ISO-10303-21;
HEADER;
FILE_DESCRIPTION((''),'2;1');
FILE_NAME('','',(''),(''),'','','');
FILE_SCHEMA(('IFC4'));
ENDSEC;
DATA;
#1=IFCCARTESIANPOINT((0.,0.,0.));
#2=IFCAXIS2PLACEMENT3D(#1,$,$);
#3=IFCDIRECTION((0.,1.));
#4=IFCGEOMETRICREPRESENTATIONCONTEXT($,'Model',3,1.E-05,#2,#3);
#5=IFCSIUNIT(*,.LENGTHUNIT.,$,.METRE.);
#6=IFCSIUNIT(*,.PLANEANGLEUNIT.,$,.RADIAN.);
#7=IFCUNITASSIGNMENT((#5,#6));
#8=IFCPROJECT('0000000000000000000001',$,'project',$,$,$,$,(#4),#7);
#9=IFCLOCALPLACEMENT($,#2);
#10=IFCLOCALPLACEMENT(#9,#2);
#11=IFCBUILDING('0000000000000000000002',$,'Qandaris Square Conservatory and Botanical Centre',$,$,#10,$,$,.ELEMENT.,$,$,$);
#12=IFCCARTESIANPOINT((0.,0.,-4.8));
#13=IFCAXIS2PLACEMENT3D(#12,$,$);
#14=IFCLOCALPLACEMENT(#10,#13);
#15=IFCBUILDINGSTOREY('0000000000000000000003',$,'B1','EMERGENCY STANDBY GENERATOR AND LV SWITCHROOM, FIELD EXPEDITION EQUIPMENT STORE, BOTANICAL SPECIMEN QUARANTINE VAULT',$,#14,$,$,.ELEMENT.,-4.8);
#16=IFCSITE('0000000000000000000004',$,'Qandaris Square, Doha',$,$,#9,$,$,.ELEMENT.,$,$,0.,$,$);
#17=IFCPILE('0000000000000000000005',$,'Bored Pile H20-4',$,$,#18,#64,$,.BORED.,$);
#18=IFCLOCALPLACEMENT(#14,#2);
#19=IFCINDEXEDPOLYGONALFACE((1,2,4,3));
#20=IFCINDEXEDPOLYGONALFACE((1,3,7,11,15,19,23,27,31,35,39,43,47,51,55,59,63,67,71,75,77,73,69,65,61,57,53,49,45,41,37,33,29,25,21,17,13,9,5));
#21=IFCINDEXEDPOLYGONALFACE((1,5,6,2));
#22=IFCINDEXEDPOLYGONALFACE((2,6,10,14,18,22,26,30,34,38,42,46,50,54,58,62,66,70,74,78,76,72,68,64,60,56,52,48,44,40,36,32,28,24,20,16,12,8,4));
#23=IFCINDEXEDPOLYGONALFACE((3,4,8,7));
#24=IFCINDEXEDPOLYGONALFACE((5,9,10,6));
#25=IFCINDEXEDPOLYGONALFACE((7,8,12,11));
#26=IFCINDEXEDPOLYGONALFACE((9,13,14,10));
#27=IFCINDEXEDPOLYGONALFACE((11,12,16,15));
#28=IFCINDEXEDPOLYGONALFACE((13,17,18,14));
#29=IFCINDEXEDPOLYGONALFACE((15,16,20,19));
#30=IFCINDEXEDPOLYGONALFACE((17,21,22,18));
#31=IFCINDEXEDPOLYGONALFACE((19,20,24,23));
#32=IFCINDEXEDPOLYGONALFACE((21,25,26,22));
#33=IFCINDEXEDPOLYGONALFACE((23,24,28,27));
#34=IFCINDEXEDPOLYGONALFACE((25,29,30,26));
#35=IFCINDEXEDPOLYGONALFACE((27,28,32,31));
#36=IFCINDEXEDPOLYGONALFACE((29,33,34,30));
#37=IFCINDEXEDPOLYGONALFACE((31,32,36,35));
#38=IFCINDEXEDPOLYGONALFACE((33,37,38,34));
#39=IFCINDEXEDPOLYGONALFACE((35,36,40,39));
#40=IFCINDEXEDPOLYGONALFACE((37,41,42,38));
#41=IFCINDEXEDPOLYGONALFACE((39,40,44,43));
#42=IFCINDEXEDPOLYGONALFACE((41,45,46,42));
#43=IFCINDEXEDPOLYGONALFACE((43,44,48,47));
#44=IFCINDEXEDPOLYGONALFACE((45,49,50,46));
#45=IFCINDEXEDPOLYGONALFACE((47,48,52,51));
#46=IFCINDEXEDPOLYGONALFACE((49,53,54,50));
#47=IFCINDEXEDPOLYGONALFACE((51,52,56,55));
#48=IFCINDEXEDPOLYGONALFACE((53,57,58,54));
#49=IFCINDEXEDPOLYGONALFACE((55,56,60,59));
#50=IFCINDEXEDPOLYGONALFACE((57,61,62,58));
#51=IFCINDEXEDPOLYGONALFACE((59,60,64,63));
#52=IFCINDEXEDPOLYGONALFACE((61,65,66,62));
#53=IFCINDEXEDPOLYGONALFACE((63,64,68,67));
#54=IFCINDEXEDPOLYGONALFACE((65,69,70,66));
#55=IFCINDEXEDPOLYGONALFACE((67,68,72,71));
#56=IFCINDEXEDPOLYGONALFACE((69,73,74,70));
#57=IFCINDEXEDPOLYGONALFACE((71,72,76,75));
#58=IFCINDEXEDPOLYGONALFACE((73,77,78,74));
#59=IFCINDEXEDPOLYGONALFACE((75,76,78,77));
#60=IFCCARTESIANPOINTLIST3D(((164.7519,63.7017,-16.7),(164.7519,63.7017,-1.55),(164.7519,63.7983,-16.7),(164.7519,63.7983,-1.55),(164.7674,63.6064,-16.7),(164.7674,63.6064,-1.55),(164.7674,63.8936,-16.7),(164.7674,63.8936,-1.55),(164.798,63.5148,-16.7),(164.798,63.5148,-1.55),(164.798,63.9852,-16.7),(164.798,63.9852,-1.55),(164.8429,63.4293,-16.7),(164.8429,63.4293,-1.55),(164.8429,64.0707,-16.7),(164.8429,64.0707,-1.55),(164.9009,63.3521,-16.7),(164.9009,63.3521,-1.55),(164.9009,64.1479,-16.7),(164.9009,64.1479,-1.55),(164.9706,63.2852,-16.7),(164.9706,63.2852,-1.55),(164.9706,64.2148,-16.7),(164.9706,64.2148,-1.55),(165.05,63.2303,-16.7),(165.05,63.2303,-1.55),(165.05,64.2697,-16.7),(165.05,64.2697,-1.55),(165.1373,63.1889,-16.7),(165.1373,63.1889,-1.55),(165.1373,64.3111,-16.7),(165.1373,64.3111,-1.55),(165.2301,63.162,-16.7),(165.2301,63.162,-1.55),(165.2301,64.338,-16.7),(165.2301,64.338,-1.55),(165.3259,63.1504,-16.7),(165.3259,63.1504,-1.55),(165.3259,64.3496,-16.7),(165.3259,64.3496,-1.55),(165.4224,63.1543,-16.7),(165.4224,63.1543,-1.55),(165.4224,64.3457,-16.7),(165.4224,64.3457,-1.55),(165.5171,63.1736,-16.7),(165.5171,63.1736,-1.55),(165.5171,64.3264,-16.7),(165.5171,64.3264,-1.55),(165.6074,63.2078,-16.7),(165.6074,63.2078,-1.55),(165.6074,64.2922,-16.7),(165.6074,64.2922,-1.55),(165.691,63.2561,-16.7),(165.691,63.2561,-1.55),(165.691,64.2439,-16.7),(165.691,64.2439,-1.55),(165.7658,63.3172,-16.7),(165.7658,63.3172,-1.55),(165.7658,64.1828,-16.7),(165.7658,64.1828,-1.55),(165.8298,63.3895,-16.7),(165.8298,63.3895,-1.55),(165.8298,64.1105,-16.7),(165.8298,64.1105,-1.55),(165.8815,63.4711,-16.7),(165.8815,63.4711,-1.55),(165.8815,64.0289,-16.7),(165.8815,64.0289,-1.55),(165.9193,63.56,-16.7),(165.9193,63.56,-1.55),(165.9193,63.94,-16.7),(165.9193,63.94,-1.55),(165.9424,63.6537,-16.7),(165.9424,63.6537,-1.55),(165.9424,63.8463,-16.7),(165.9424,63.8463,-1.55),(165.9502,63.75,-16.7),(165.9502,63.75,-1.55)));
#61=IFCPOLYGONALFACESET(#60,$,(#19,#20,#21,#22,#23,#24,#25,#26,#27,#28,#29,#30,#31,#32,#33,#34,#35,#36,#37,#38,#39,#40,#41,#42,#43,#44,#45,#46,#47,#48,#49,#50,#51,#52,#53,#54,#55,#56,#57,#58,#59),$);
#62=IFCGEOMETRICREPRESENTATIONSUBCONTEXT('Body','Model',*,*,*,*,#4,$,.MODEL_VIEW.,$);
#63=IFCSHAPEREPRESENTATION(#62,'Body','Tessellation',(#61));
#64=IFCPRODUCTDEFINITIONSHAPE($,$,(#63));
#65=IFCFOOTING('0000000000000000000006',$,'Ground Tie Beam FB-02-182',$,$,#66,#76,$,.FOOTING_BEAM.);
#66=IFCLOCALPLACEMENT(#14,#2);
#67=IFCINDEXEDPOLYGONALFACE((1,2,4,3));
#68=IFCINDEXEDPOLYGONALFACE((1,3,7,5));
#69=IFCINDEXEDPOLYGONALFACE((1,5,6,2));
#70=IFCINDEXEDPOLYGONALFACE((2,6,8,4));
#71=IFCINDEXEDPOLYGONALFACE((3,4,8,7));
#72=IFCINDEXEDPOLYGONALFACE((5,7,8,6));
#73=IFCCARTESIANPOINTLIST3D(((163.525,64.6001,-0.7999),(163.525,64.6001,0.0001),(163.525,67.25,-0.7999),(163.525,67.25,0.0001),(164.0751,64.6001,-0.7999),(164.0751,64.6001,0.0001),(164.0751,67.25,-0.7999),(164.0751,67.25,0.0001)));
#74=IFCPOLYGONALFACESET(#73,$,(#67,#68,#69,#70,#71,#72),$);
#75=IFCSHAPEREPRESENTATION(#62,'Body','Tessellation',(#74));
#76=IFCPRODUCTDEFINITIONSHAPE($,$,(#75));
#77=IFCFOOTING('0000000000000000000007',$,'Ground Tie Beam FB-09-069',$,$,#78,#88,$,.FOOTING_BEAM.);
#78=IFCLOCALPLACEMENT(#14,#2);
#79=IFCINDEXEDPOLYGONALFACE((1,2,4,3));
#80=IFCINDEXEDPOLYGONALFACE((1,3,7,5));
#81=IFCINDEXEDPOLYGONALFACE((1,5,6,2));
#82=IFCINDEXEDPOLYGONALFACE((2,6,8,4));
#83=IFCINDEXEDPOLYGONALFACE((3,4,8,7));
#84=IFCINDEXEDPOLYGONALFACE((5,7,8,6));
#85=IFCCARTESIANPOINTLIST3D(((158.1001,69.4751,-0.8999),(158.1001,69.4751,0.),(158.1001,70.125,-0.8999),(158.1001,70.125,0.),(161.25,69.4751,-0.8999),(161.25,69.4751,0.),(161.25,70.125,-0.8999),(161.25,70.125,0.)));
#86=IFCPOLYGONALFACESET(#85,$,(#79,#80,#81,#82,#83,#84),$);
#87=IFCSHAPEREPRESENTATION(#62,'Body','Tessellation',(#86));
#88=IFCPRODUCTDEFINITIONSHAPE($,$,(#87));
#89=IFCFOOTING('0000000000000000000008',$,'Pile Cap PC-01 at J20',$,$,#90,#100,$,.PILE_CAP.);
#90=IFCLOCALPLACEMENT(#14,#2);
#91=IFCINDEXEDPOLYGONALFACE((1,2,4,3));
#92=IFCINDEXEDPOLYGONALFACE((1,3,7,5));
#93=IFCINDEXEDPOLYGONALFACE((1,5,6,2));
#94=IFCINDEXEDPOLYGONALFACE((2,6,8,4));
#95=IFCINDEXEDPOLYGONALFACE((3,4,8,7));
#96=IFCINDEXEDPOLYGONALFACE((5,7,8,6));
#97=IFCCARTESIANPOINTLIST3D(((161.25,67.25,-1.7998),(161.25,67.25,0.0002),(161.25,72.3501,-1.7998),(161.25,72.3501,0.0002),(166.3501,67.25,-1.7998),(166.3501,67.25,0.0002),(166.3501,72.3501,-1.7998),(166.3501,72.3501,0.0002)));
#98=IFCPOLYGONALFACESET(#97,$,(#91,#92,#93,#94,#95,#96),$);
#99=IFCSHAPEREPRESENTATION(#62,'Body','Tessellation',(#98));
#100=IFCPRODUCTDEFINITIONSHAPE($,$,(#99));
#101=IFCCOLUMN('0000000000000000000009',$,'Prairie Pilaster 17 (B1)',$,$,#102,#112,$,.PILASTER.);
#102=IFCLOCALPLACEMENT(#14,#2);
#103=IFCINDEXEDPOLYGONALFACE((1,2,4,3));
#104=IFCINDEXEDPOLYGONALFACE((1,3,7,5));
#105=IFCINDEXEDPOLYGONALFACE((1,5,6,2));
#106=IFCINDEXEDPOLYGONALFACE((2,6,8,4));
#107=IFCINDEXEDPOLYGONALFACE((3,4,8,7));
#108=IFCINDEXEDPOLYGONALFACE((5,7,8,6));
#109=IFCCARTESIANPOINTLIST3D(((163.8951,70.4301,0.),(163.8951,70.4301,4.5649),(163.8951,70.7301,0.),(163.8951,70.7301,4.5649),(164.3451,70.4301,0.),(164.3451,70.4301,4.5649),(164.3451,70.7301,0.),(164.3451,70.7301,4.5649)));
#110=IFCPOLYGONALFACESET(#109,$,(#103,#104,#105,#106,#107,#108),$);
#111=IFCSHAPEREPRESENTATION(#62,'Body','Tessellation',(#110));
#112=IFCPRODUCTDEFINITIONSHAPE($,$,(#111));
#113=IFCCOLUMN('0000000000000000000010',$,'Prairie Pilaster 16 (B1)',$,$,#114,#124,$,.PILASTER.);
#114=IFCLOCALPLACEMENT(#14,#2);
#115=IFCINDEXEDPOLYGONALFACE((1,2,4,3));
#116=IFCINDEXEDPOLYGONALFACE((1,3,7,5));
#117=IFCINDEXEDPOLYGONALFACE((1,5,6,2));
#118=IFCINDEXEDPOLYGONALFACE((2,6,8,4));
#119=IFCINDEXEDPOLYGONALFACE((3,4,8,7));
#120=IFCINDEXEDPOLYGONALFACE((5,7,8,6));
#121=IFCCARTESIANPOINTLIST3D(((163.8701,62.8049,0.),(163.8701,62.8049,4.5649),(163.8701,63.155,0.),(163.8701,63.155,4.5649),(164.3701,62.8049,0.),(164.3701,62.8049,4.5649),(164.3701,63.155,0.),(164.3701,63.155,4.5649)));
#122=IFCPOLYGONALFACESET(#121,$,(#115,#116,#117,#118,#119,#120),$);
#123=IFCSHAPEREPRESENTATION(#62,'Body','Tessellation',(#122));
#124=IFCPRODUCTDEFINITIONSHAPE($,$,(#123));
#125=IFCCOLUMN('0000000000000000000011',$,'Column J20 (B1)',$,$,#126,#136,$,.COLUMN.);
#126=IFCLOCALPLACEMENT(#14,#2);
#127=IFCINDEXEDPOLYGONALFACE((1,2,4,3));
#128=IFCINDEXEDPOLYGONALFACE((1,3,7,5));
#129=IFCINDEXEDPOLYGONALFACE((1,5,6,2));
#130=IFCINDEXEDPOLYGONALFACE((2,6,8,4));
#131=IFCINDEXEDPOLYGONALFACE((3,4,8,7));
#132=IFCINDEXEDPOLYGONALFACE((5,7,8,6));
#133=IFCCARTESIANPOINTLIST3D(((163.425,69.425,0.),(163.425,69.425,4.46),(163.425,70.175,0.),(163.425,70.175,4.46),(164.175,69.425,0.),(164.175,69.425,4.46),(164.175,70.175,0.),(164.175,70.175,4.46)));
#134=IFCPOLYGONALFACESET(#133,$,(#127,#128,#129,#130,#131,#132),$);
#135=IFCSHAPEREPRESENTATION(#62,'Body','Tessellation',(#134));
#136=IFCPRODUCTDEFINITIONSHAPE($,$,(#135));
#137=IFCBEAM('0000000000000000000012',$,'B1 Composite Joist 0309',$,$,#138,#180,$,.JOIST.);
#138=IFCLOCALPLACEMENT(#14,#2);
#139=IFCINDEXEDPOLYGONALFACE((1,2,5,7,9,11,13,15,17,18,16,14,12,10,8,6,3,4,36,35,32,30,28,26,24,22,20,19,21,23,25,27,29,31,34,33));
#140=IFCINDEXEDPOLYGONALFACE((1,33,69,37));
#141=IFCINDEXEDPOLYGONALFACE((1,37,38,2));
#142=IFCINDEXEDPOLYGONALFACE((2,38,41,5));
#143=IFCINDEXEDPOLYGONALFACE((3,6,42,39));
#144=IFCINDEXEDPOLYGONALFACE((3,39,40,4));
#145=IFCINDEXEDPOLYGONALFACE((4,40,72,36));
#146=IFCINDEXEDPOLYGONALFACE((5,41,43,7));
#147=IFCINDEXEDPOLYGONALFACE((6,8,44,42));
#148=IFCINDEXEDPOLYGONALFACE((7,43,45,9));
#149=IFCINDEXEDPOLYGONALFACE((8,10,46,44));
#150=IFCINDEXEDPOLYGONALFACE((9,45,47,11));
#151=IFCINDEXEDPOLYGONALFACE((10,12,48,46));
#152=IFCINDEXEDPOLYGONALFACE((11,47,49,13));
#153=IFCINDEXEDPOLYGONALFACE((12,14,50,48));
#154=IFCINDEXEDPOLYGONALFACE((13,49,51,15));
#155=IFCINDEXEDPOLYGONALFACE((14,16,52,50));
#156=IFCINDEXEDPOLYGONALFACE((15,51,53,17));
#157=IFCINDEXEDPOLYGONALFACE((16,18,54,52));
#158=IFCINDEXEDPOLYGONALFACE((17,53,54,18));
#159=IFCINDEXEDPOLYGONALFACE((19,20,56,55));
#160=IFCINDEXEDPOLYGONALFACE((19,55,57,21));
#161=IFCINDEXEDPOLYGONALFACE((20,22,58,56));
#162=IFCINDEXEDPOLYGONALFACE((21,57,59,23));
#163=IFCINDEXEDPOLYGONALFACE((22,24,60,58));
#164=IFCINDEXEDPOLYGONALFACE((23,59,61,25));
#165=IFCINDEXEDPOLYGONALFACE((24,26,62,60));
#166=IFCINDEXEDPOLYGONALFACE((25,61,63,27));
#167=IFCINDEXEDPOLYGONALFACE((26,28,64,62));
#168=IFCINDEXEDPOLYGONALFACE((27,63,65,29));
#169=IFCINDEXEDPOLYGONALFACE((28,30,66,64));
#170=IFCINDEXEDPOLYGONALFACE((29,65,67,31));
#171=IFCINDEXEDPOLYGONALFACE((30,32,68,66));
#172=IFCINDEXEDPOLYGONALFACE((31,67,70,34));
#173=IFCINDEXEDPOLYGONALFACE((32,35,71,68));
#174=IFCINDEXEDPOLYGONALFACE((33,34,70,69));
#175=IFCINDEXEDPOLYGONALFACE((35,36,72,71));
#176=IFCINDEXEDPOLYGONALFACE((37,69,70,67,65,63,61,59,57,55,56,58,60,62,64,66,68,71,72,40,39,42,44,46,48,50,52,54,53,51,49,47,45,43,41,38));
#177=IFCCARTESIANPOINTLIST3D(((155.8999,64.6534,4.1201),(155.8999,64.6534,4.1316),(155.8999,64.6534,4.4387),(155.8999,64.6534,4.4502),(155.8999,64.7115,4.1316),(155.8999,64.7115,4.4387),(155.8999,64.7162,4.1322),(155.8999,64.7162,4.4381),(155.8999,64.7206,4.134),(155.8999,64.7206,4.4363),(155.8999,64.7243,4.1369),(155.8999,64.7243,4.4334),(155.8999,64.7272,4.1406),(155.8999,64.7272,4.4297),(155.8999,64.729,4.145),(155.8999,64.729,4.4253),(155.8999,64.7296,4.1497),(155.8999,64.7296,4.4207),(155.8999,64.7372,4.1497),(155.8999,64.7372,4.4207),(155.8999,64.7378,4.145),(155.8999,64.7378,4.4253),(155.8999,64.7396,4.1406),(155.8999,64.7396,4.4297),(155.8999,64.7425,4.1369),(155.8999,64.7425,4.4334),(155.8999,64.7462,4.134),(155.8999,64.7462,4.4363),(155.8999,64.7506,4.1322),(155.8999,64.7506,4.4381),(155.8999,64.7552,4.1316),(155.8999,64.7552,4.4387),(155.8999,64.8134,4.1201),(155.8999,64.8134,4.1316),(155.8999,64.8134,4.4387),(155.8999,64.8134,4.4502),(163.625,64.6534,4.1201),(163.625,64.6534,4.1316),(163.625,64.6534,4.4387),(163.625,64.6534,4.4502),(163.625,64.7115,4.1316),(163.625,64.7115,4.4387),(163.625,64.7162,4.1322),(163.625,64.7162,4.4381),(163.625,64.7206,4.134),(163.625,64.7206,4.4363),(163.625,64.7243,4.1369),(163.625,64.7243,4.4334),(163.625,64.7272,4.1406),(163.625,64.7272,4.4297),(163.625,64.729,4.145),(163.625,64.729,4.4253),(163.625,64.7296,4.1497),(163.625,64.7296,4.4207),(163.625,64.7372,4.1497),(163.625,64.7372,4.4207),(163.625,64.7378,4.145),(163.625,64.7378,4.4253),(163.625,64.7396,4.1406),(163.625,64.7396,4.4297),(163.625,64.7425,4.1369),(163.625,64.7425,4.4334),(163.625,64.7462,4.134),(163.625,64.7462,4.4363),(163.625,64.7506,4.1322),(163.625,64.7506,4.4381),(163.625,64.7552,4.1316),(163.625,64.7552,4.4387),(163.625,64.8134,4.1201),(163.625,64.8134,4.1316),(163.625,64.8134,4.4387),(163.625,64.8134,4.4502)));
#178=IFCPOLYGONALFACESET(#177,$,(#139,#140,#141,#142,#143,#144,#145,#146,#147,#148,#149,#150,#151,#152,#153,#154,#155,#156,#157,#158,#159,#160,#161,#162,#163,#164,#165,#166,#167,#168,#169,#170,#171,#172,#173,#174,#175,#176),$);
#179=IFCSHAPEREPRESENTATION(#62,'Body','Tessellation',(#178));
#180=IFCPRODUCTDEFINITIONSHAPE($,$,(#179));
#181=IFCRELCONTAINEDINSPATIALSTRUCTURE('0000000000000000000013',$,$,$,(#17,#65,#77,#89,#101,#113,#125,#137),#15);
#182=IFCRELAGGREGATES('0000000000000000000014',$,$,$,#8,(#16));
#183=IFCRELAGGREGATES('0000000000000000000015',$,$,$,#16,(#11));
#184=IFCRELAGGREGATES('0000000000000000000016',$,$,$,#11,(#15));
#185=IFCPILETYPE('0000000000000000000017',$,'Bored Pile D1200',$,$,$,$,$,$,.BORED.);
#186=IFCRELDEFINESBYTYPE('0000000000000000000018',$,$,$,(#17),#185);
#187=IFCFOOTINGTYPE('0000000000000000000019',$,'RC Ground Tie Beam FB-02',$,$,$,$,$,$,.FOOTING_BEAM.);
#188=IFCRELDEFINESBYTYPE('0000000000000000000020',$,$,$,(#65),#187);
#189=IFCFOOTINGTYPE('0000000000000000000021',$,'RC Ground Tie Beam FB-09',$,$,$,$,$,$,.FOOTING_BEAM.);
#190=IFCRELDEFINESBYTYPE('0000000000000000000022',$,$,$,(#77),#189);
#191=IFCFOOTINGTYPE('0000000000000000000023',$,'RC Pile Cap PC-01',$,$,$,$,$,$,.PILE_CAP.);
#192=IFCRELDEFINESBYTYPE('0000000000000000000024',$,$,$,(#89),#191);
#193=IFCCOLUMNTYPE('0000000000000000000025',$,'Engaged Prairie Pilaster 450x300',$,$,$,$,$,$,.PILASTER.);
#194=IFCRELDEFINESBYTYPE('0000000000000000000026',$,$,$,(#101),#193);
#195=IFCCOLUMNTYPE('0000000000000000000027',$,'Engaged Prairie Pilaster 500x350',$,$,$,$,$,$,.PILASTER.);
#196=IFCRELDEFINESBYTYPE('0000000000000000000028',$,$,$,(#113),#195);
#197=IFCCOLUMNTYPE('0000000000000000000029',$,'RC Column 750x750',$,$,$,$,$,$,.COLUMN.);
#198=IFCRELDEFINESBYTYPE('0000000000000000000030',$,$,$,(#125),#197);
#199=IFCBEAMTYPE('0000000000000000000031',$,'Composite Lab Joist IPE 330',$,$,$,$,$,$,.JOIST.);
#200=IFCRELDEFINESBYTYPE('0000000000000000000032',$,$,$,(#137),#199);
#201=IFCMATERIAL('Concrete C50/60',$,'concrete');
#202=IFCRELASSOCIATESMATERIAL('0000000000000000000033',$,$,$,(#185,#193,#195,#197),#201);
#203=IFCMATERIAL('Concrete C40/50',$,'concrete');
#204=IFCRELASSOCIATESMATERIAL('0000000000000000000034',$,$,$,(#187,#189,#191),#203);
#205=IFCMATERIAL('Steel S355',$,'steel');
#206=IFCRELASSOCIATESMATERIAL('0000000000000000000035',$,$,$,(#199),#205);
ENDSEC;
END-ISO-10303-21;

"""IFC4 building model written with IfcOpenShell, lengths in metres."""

from ifc_helpers import new_model, si_unit, direction, frame, origin, origin_2d, place, context, subcontext, project, spatial, rectangle, circle, i_section, extrude, material, material_profile, profile_set, type_object, element, save


model = new_model("IFC4")

# Units and contexts
model_context = context("Model", 3, precision=1e-05, world=origin(), true_north=direction((0.0, 1.0)))
body_context = subcontext(model_context, "Body", "Model", "MODEL_VIEW")
ifc_project = project(units=[si_unit("LENGTHUNIT", "METRE"), si_unit("PLANEANGLEUNIT", "RADIAN")], contexts=[model_context])

# Site, building, storey
site_placement = place(None, origin())
site = spatial("IfcSite", under=ifc_project, at=site_placement, Name="Qandaris Square, Doha", CompositionType="ELEMENT", RefElevation=0.0)
building_placement = place(site_placement, origin())
building = spatial("IfcBuilding", under=site, at=building_placement, Name="Qandaris Square Conservatory and Botanical Centre", CompositionType="ELEMENT")
storey_placement = place(building_placement, frame((0.0, 0.0, -4.8)))
storey = spatial("IfcBuildingStorey", under=building, at=storey_placement, Name="B1", Description="EMERGENCY STANDBY GENERATOR AND LV SWITCHROOM, FIELD EXPEDITION EQUIPMENT STORE, BOTANICAL SPECIMEN QUARANTINE VAULT", CompositionType="ELEMENT", Elevation=-4.8)

# Pile
ifc_material_1 = material(Name="Concrete C50/60", Category="concrete")
ifc_material_profile_1 = material_profile(ifc_material_1, circle(Radius=0.6001, at=origin_2d()), Name="PILE D1200")
ifc_profile_set_1 = profile_set([ifc_material_profile_1], Name="Concrete C50/60")
pile_type_1 = type_object("IfcPileType", Name="Bored Pile D1200", PredefinedType="BORED", material=ifc_profile_set_1)
for number, where, z_axis, x_axis, name in (
    (1, (165.3501, 63.75, -1.55), (0.0, 0.0, -1.0), (1.0, 0.0, 0.0), "Bored Pile H20-4"),
):
    element("IfcPile", number, at=place(storey_placement, frame(where, z_axis=z_axis, x_axis=x_axis)), inside=storey, type_object=pile_type_1, Name=name, PredefinedType="BORED", context=body_context, shape_type="SweptSolid", body=[
        extrude(circle(Radius=0.6001, at=origin_2d()), origin(), (0.0, 0.0, 1.0), 15.1499),
    ])

# Footings
ifc_material_2 = material(Name="Concrete C40/50", Category="concrete")
ifc_material_profile_2 = material_profile(ifc_material_2, rectangle(XDim=0.55, YDim=0.8, at=origin_2d()), Name="FB 550x800")
ifc_profile_set_2 = profile_set([ifc_material_profile_2], Name="Concrete C40/50")
footing_type_1 = type_object("IfcFootingType", Name="RC Ground Tie Beam FB-02", PredefinedType="FOOTING_BEAM", material=ifc_profile_set_2)
footing_1_placement = place(storey_placement, frame((163.8, 64.6001, -0.3999), z_axis=(0.0, 1.0, 0.0), x_axis=(-1.0, 0.0, 0.0)))
element("IfcFooting", 2, at=footing_1_placement, inside=storey, type_object=footing_type_1, Name="Ground Tie Beam FB-02-182", PredefinedType="FOOTING_BEAM", context=body_context, shape_type="SweptSolid", body=[
    extrude(rectangle(XDim=0.55, YDim=0.8, at=origin_2d()), origin(), (0.0, 0.0, 1.0), 2.6499),
])
ifc_material_profile_3 = material_profile(ifc_material_2, rectangle(XDim=0.6499, YDim=0.8999, at=origin_2d()), Name="FB 650x900")
ifc_profile_set_3 = profile_set([ifc_material_profile_3], Name="Concrete C40/50")
footing_type_2 = type_object("IfcFootingType", Name="RC Ground Tie Beam FB-09", PredefinedType="FOOTING_BEAM", material=ifc_profile_set_3)
footing_2_placement = place(storey_placement, frame((158.1001, 69.8, -0.45), z_axis=(1.0, 0.0, 0.0), x_axis=(0.0, 1.0, 0.0)))
element("IfcFooting", 3, at=footing_2_placement, inside=storey, type_object=footing_type_2, Name="Ground Tie Beam FB-09-069", PredefinedType="FOOTING_BEAM", context=body_context, shape_type="SweptSolid", body=[
    extrude(rectangle(XDim=0.6499, YDim=0.8999, at=origin_2d()), origin(), (0.0, 0.0, 1.0), 3.1499),
])
footing_type_3 = type_object("IfcFootingType", Name="RC Pile Cap PC-01", PredefinedType="PILE_CAP", material=ifc_material_2)
footing_3_placement = place(storey_placement, frame((163.8, 69.8, -1.7998), z_axis=(0.0, 0.0, 1.0), x_axis=(1.0, 0.0, 0.0)))
element("IfcFooting", 4, at=footing_3_placement, inside=storey, type_object=footing_type_3, Name="Pile Cap PC-01 at J20", PredefinedType="PILE_CAP", context=body_context, shape_type="SweptSolid", body=[
    extrude(rectangle(XDim=5.1001, YDim=5.1001, at=origin_2d()), origin(), (0.0, 0.0, 1.0), 1.8),
])

# Columns
ifc_material_profile_4 = material_profile(ifc_material_1, rectangle(XDim=0.45, YDim=0.3, at=origin_2d()), Name="RC-PIL 450x300")
ifc_profile_set_4 = profile_set([ifc_material_profile_4], Name="Concrete C50/60")
column_type_1 = type_object("IfcColumnType", Name="Engaged Prairie Pilaster 450x300", PredefinedType="PILASTER", material=ifc_profile_set_4)
column_1_placement = place(storey_placement, frame((164.1201, 70.5801, 0.0), z_axis=(0.0, 0.0, 1.0), x_axis=(1.0, 0.0, 0.0)))
element("IfcColumn", 5, at=column_1_placement, inside=storey, type_object=column_type_1, Name="Prairie Pilaster 17 (B1)", PredefinedType="PILASTER", context=body_context, shape_type="SweptSolid", body=[
    extrude(rectangle(XDim=0.45, YDim=0.3, at=origin_2d()), origin(), (0.0, 0.0, 1.0), 4.5649),
])
ifc_material_profile_5 = material_profile(ifc_material_1, rectangle(XDim=0.5, YDim=0.3501, at=origin_2d()), Name="RC-PIL 500x350")
ifc_profile_set_5 = profile_set([ifc_material_profile_5], Name="Concrete C50/60")
column_type_2 = type_object("IfcColumnType", Name="Engaged Prairie Pilaster 500x350", PredefinedType="PILASTER", material=ifc_profile_set_5)
column_2_placement = place(storey_placement, frame((164.1201, 62.98, 0.0), z_axis=(0.0, 0.0, 1.0), x_axis=(1.0, 0.0, 0.0)))
element("IfcColumn", 6, at=column_2_placement, inside=storey, type_object=column_type_2, Name="Prairie Pilaster 16 (B1)", PredefinedType="PILASTER", context=body_context, shape_type="SweptSolid", body=[
    extrude(rectangle(XDim=0.5, YDim=0.3501, at=origin_2d()), origin(), (0.0, 0.0, 1.0), 4.5649),
])
ifc_material_profile_6 = material_profile(ifc_material_1, rectangle(XDim=0.75, YDim=0.75, at=origin_2d()), Name="RC-COL 750x750")
ifc_profile_set_6 = profile_set([ifc_material_profile_6], Name="Concrete C50/60")
column_type_3 = type_object("IfcColumnType", Name="RC Column 750x750", PredefinedType="COLUMN", material=ifc_profile_set_6)
column_3_placement = place(storey_placement, frame((163.8, 69.8, 0.0), z_axis=(0.0, 0.0, 1.0), x_axis=(1.0, 0.0, 0.0)))
element("IfcColumn", 7, at=column_3_placement, inside=storey, type_object=column_type_3, Name="Column J20 (B1)", PredefinedType="COLUMN", context=body_context, shape_type="SweptSolid", body=[
    extrude(rectangle(XDim=0.75, YDim=0.75, at=origin_2d()), origin(), (0.0, 0.0, 1.0), 4.46),
])

# Beam
ifc_material_3 = material(Name="Steel S355", Category="steel")
ifc_material_profile_7 = material_profile(ifc_material_3, i_section(OverallWidth=0.1599, OverallDepth=0.3301, WebThickness=0.0076, FlangeThickness=0.0115, FilletRadius=0.0181, at=origin_2d()), Name="IPE 330")
ifc_profile_set_7 = profile_set([ifc_material_profile_7], Name="Steel S355")
beam_type_1 = type_object("IfcBeamType", Name="Composite Lab Joist IPE 330", PredefinedType="JOIST", material=ifc_profile_set_7)
beam_1_placement = place(storey_placement, frame((155.8999, 64.7334, 4.2852), z_axis=(1.0, 0.0, 0.0), x_axis=(0.0, 1.0, 0.0)))
element("IfcBeam", 8, at=beam_1_placement, inside=storey, type_object=beam_type_1, Name="B1 Composite Joist 0309", PredefinedType="JOIST", context=body_context, shape_type="SweptSolid", body=[
    extrude(i_section(OverallWidth=0.1599, OverallDepth=0.3301, WebThickness=0.0076, FlangeThickness=0.0115, FilletRadius=0.0181, at=origin_2d()), origin(), (0.0, 0.0, 1.0), 7.7251),
])

save(model, "model.ifc")
